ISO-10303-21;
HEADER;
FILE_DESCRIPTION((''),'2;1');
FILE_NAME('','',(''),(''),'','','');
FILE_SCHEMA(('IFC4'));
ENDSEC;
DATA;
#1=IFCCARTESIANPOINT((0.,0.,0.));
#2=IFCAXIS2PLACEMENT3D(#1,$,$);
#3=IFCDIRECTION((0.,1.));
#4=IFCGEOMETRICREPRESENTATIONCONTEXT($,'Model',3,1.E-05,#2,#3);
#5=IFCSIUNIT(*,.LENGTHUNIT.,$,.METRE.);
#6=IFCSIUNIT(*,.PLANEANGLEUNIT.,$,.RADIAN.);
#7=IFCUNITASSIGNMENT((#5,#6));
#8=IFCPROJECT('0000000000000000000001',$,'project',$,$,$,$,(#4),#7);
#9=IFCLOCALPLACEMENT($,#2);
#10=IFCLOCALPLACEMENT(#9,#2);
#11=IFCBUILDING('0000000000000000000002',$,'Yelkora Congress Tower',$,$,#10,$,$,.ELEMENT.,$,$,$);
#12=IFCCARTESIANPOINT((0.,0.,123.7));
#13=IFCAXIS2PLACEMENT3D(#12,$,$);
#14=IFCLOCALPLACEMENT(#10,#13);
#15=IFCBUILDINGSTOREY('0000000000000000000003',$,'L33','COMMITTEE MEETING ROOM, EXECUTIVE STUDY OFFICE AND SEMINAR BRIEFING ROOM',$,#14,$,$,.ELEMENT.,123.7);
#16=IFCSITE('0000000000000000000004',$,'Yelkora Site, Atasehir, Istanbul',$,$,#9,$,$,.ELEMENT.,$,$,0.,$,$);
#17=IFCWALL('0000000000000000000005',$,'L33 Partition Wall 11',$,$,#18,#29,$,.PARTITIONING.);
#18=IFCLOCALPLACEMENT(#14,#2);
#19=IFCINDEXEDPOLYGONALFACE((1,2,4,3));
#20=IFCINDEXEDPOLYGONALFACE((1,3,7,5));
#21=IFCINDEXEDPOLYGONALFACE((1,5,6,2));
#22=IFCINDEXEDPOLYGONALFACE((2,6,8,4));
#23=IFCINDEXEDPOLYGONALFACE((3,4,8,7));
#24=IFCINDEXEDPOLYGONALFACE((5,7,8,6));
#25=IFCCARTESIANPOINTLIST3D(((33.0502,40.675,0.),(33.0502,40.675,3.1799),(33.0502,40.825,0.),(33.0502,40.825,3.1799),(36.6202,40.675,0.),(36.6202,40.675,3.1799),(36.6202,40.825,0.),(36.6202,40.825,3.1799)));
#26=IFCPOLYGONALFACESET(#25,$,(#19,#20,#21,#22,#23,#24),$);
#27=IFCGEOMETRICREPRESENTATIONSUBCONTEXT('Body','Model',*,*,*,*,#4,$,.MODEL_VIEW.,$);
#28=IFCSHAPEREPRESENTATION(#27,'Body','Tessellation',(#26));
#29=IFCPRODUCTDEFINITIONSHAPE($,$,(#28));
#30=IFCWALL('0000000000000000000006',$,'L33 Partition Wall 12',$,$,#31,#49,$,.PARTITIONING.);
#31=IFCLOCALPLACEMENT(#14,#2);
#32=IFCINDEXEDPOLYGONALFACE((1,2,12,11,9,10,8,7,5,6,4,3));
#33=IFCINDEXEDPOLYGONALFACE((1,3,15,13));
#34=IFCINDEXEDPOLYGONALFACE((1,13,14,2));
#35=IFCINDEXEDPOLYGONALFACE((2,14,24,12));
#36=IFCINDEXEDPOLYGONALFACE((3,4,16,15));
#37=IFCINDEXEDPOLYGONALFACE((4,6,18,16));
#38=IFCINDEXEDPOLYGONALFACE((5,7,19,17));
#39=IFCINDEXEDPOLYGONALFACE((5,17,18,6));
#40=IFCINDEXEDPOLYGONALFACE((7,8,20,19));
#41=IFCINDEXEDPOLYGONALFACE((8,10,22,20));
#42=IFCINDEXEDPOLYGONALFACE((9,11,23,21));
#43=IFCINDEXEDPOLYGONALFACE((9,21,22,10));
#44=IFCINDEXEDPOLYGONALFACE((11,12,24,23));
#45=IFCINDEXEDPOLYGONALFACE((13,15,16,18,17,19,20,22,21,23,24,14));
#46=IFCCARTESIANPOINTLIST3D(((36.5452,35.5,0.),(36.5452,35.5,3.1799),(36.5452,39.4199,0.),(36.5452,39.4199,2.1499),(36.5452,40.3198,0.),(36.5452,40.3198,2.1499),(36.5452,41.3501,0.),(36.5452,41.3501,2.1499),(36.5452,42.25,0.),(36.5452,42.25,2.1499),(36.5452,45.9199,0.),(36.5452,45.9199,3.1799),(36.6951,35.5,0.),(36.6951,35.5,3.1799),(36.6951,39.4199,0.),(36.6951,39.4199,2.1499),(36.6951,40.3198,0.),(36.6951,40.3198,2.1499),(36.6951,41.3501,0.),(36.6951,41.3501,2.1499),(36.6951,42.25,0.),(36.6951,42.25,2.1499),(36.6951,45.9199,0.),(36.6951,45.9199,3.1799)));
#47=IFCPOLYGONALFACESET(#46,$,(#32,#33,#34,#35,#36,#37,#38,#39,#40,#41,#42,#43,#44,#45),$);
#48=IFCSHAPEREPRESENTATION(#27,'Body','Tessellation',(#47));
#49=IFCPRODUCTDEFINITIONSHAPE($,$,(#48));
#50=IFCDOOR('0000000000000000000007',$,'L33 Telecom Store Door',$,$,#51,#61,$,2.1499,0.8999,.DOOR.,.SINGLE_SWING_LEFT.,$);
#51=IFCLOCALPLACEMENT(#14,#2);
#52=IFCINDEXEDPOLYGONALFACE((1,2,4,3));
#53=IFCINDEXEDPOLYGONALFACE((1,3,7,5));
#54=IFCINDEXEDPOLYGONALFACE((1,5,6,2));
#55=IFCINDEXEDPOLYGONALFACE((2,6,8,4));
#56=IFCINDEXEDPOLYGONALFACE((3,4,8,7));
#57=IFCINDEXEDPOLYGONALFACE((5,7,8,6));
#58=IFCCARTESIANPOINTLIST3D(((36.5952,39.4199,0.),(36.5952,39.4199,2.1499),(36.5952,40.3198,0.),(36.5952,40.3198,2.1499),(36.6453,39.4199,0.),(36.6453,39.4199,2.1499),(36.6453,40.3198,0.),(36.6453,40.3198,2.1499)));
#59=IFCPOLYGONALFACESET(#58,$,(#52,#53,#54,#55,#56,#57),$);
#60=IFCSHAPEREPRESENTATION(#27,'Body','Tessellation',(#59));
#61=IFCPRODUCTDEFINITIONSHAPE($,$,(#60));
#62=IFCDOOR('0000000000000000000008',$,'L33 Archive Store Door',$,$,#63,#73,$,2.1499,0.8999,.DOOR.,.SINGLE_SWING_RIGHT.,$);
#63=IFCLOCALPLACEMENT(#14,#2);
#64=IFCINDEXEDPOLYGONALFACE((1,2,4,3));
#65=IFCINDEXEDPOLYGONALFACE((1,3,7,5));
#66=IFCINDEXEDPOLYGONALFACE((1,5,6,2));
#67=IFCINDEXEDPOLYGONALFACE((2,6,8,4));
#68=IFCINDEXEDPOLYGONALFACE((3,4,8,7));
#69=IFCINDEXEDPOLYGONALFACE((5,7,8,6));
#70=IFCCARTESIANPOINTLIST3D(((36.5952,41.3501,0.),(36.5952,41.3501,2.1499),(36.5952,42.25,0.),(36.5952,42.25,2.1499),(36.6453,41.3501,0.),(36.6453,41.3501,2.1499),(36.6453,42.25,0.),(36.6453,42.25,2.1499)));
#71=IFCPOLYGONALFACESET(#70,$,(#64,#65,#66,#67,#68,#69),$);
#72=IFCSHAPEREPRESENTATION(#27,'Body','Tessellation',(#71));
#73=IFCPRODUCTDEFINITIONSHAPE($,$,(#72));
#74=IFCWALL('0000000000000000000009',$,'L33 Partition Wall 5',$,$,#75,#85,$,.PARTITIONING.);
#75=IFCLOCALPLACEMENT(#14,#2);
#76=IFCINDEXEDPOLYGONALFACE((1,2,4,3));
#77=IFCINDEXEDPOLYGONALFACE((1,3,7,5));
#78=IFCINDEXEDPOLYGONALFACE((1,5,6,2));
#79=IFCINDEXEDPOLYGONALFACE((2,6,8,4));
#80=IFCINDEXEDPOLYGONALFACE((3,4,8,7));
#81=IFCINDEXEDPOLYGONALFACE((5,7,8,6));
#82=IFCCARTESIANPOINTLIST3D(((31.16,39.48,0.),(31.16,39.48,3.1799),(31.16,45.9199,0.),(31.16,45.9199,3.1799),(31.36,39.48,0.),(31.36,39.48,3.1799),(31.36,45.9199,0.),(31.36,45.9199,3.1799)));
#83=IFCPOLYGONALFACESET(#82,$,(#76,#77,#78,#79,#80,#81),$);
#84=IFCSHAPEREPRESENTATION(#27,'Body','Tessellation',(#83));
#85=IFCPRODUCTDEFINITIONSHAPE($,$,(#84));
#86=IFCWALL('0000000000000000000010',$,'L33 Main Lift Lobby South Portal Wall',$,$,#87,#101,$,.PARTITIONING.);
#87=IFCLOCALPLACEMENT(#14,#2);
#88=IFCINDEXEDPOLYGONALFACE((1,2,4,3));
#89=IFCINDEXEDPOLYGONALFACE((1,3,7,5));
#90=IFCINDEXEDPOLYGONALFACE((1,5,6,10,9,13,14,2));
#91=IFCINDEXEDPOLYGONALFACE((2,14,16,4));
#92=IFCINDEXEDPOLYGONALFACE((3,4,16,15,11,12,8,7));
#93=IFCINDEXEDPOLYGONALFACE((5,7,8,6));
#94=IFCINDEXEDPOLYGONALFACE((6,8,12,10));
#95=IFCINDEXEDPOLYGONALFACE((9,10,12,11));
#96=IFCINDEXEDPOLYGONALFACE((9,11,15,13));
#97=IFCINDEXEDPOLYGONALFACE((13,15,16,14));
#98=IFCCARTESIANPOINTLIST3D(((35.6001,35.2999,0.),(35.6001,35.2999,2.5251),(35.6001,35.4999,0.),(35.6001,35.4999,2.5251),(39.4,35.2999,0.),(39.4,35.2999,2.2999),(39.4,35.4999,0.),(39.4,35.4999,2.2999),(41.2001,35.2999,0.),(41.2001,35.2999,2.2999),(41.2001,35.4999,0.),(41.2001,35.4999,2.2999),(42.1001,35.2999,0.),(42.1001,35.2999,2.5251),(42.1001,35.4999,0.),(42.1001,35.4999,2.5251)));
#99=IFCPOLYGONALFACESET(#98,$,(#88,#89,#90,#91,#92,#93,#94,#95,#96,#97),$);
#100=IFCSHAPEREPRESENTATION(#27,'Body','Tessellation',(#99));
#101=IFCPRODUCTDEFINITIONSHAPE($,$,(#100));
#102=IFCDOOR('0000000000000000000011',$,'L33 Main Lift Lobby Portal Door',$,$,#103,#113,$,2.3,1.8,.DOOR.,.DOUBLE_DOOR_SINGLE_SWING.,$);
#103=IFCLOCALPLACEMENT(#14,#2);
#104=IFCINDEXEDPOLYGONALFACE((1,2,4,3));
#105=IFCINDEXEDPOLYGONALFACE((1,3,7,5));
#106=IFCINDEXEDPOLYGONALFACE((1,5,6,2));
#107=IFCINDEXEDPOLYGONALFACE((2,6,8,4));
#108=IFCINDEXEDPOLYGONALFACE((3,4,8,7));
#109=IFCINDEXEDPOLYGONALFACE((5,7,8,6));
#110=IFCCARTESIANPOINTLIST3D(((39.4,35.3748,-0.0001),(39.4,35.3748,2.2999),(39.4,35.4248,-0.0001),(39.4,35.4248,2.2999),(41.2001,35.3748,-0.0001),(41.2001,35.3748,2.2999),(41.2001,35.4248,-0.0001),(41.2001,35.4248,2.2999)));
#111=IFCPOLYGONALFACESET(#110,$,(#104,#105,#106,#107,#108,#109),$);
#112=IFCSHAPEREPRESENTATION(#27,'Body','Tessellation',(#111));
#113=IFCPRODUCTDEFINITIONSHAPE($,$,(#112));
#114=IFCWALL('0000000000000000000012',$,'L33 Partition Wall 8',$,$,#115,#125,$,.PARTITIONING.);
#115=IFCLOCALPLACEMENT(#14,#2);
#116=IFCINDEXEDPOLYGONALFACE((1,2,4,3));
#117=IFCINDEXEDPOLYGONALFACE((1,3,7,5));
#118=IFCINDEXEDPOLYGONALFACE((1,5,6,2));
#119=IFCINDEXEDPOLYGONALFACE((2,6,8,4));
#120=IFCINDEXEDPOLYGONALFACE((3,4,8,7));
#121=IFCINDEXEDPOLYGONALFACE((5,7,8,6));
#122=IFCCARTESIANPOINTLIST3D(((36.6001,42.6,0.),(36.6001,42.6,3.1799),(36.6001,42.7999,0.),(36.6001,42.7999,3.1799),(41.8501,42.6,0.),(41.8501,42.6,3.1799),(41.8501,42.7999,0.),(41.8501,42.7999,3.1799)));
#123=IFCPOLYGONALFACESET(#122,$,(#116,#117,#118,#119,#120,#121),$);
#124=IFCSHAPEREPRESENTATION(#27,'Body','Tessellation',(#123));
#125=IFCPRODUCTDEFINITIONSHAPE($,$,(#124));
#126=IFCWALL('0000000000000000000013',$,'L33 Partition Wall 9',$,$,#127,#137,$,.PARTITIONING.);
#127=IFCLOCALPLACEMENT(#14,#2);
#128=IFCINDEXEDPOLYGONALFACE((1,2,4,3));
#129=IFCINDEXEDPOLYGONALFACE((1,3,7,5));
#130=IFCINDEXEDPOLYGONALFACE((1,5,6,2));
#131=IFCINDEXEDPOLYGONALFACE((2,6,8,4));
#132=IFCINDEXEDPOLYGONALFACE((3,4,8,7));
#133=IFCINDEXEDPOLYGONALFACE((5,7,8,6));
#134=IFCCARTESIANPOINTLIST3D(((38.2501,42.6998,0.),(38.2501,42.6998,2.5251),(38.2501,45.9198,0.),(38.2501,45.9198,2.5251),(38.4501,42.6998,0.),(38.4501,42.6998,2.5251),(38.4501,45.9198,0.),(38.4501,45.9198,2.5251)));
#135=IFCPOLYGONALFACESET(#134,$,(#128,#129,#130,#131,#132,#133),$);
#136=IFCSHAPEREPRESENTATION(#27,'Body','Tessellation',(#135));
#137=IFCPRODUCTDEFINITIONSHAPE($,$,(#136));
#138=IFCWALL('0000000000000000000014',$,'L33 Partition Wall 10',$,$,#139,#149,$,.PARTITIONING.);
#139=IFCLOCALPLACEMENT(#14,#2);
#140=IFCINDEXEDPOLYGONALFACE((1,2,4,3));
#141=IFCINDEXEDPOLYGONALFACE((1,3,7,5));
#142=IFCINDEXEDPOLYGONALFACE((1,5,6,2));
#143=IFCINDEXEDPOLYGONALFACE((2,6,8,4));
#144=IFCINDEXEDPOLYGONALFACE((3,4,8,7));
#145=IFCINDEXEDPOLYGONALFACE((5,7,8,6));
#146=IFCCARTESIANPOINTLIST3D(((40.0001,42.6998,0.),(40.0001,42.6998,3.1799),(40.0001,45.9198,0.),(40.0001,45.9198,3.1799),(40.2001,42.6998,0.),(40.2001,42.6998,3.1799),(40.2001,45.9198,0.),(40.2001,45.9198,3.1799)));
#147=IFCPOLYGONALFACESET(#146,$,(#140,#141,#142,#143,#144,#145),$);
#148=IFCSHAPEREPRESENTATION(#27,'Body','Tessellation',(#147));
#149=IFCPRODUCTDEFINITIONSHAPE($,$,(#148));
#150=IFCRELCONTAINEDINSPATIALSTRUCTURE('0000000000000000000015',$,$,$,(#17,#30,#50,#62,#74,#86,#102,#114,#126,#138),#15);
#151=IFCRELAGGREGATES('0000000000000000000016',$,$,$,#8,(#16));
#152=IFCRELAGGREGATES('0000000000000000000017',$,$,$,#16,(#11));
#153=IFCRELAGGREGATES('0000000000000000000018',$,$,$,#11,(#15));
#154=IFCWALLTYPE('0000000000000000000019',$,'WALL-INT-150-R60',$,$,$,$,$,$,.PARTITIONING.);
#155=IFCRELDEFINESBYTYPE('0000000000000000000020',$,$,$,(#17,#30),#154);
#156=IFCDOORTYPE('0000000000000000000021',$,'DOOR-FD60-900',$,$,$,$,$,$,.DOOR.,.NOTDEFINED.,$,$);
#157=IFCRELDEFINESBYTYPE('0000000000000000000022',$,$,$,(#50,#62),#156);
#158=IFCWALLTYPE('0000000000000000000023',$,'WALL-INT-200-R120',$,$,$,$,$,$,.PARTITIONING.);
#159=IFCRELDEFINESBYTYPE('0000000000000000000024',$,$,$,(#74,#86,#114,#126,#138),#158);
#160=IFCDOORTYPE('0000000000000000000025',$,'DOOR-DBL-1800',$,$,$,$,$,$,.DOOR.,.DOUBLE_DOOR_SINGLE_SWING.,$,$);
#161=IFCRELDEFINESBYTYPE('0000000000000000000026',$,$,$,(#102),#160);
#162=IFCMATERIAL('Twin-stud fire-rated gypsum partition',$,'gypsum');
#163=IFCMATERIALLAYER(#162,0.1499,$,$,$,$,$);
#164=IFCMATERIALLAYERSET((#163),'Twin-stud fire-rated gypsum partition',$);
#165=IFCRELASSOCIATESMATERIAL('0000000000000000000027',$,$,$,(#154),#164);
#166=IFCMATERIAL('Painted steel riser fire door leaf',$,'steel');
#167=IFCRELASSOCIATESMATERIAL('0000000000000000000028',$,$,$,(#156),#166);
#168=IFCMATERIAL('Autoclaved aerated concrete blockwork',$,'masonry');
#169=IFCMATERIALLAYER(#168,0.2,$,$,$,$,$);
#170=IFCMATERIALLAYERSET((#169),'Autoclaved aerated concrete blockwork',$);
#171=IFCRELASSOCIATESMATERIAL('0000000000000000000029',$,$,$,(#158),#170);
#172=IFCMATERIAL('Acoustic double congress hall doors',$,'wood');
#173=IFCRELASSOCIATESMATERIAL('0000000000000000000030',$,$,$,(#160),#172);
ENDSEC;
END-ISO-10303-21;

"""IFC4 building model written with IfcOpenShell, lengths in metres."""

from ifc_helpers import new_model, si_unit, direction, frame, frame_2d, origin, place, context, subcontext, project, spatial, rectangle, extrude, material, layer, layer_set, type_object, element, fill, save


model = new_model("IFC4")

# Units and contexts
model_context = context("Model", 3, precision=1e-05, world=origin(), true_north=direction((0.0, 1.0)))
body_context = subcontext(model_context, "Body", "Model", "MODEL_VIEW")
ifc_project = project(units=[si_unit("LENGTHUNIT", "METRE"), si_unit("PLANEANGLEUNIT", "RADIAN")], contexts=[model_context])

# Site, building, storey
site_placement = place(None, origin())
site = spatial("IfcSite", under=ifc_project, at=site_placement, Name="Yelkora Site, Atasehir, Istanbul", CompositionType="ELEMENT", RefElevation=0.0)
building_placement = place(site_placement, origin())
building = spatial("IfcBuilding", under=site, at=building_placement, Name="Yelkora Congress Tower", CompositionType="ELEMENT")
storey_placement = place(building_placement, frame((0.0, 0.0, 123.7)))
storey = spatial("IfcBuildingStorey", under=building, at=storey_placement, Name="L33", Description="COMMITTEE MEETING ROOM, EXECUTIVE STUDY OFFICE AND SEMINAR BRIEFING ROOM", CompositionType="ELEMENT", Elevation=123.7)

# Wall
ifc_material_1 = material(Name="Twin-stud fire-rated gypsum partition", Category="gypsum")
ifc_layer_1 = layer(ifc_material_1, 0.1499)
ifc_layer_set_1 = layer_set([ifc_layer_1], Name="Twin-stud fire-rated gypsum partition")
wall_type_1 = type_object("IfcWallType", Name="WALL-INT-150-R60", PredefinedType="PARTITIONING", material=ifc_layer_set_1)
wall_1_placement = place(storey_placement, frame((33.05, 40.75, 0.0), z_axis=(0.0, 0.0, 1.0), x_axis=(1.0, 0.0, 0.0)))
element("IfcWall", 1, at=wall_1_placement, inside=storey, type_object=wall_type_1, Name="L33 Partition Wall 11", PredefinedType="PARTITIONING", context=body_context, shape_type="SweptSolid", body=[
    extrude(rectangle(XDim=3.5701, YDim=0.1499, at=frame_2d((1.7852, 0.0))), origin(), (0.0, 0.0, 1.0), 3.1799),
])

# Wall, openings, doors
wall_2_placement = place(storey_placement, frame((36.6201, 35.5, 0.0), z_axis=(0.0, 0.0, 1.0), x_axis=(0.0, 1.0, 0.0)))
wall_2 = element("IfcWall", 2, at=wall_2_placement, inside=storey, type_object=wall_type_1, Name="L33 Partition Wall 12", PredefinedType="PARTITIONING", context=body_context, shape_type="SweptSolid", body=[
    extrude(rectangle(XDim=10.4199, YDim=0.1499, at=frame_2d((5.21, 0.0))), origin(), (0.0, 0.0, 1.0), 3.1799),
])
opening_1_placement = place(wall_2_placement, frame((3.9199, 0.0, 0.0)))
opening_1 = element("IfcOpeningElement", 3, at=opening_1_placement, cuts=wall_2, PredefinedType="OPENING", context=body_context, shape_type="SweptSolid", body=[
    extrude(rectangle(XDim=0.8999, YDim=2.1499, at=frame_2d((0.45, 1.075))), frame((0.0, 0.085, 0.0), z_axis=(0.0, -1.0, 0.0), x_axis=(1.0, 0.0, 0.0)), (0.0, 0.0, 1.0), 0.1699),
])
opening_2_placement = place(wall_2_placement, frame((5.8501, 0.0, 0.0)))
opening_2 = element("IfcOpeningElement", 4, at=opening_2_placement, cuts=wall_2, PredefinedType="OPENING", context=body_context, shape_type="SweptSolid", body=[
    extrude(rectangle(XDim=0.8999, YDim=2.1499, at=frame_2d((0.45, 1.075))), frame((0.0, 0.085, 0.0), z_axis=(0.0, -1.0, 0.0), x_axis=(1.0, 0.0, 0.0)), (0.0, 0.0, 1.0), 0.1699),
])
ifc_material_2 = material(Name="Painted steel riser fire door leaf", Category="steel")
door_type_1 = type_object("IfcDoorType", Name="DOOR-FD60-900", OperationType="NOTDEFINED", PredefinedType="DOOR", material=ifc_material_2)
door_1_placement = place(opening_1_placement, origin())
door_1 = element("IfcDoor", 5, at=door_1_placement, inside=storey, type_object=door_type_1, Name="L33 Telecom Store Door", OperationType="SINGLE_SWING_LEFT", OverallHeight=2.1499, OverallWidth=0.8999, PredefinedType="DOOR", context=body_context, shape_type="SweptSolid", body=[
    extrude(rectangle(XDim=0.8999, YDim=2.1499, at=frame_2d((0.45, 1.075))), frame((0.0, 0.0249, 0.0), z_axis=(0.0, -1.0, 0.0), x_axis=(1.0, 0.0, 0.0)), (0.0, 0.0, 1.0), 0.05),
])
fill(opening_1, door_1)
door_2_placement = place(opening_2_placement, origin())
door_2 = element("IfcDoor", 6, at=door_2_placement, inside=storey, type_object=door_type_1, Name="L33 Archive Store Door", OperationType="SINGLE_SWING_RIGHT", OverallHeight=2.1499, OverallWidth=0.8999, PredefinedType="DOOR", context=body_context, shape_type="SweptSolid", body=[
    extrude(rectangle(XDim=0.8999, YDim=2.1499, at=frame_2d((0.45, 1.075))), frame((0.0, 0.0249, 0.0), z_axis=(0.0, -1.0, 0.0), x_axis=(1.0, 0.0, 0.0)), (0.0, 0.0, 1.0), 0.05),
])
fill(opening_2, door_2)

# Wall
ifc_material_3 = material(Name="Autoclaved aerated concrete blockwork", Category="masonry")
ifc_layer_2 = layer(ifc_material_3, 0.2)
ifc_layer_set_2 = layer_set([ifc_layer_2], Name="Autoclaved aerated concrete blockwork")
wall_type_2 = type_object("IfcWallType", Name="WALL-INT-200-R120", PredefinedType="PARTITIONING", material=ifc_layer_set_2)
wall_3_placement = place(storey_placement, frame((31.26, 39.48, 0.0), z_axis=(0.0, 0.0, 1.0), x_axis=(0.0, 1.0, 0.0)))
element("IfcWall", 7, at=wall_3_placement, inside=storey, type_object=wall_type_2, Name="L33 Partition Wall 5", PredefinedType="PARTITIONING", context=body_context, shape_type="SweptSolid", body=[
    extrude(rectangle(XDim=6.4399, YDim=0.2, at=frame_2d((3.22, 0.0))), origin(), (0.0, 0.0, 1.0), 3.1799),
])

# Wall, opening, door
wall_4_placement = place(storey_placement, frame((35.6001, 35.3999, 0.0), z_axis=(0.0, 0.0, 1.0), x_axis=(1.0, 0.0, 0.0)))
wall_4 = element("IfcWall", 8, at=wall_4_placement, inside=storey, type_object=wall_type_2, Name="L33 Main Lift Lobby South Portal Wall", PredefinedType="PARTITIONING", context=body_context, shape_type="SweptSolid", body=[
    extrude(rectangle(XDim=6.5, YDim=0.2, at=frame_2d((3.25, 0.0))), origin(), (0.0, 0.0, 1.0), 2.5251),
])
opening_3_placement = place(wall_4_placement, frame((3.8, 0.0, 0.0)))
opening_3 = element("IfcOpeningElement", 9, at=opening_3_placement, cuts=wall_4, PredefinedType="OPENING", context=body_context, shape_type="SweptSolid", body=[
    extrude(rectangle(XDim=1.8, YDim=2.3, at=frame_2d((0.8999, 1.1499))), frame((0.0, 0.1099, 0.0), z_axis=(0.0, -1.0, 0.0), x_axis=(1.0, 0.0, 0.0)), (0.0, 0.0, 1.0), 0.22),
])
ifc_material_4 = material(Name="Acoustic double congress hall doors", Category="wood")
door_type_2 = type_object("IfcDoorType", Name="DOOR-DBL-1800", OperationType="DOUBLE_DOOR_SINGLE_SWING", PredefinedType="DOOR", material=ifc_material_4)
door_3_placement = place(opening_3_placement, origin())
door_3 = element("IfcDoor", 10, at=door_3_placement, inside=storey, type_object=door_type_2, Name="L33 Main Lift Lobby Portal Door", OperationType="DOUBLE_DOOR_SINGLE_SWING", OverallHeight=2.3, OverallWidth=1.8, PredefinedType="DOOR", context=body_context, shape_type="SweptSolid", body=[
    extrude(rectangle(XDim=1.8, YDim=2.3, at=frame_2d((0.8999, 1.1499))), frame((0.0, 0.0249, 0.0), z_axis=(0.0, -1.0, 0.0), x_axis=(1.0, 0.0, 0.0)), (0.0, 0.0, 1.0), 0.05),
])
fill(opening_3, door_3)

# Walls
wall_5_placement = place(storey_placement, frame((36.6001, 42.7, 0.0), z_axis=(0.0, 0.0, 1.0), x_axis=(1.0, 0.0, 0.0)))
element("IfcWall", 11, at=wall_5_placement, inside=storey, type_object=wall_type_2, Name="L33 Partition Wall 8", PredefinedType="PARTITIONING", context=body_context, shape_type="SweptSolid", body=[
    extrude(rectangle(XDim=5.25, YDim=0.2, at=frame_2d((2.625, 0.0))), origin(), (0.0, 0.0, 1.0), 3.1799),
])
wall_6_placement = place(storey_placement, frame((38.3501, 42.7, 0.0), z_axis=(0.0, 0.0, 1.0), x_axis=(0.0, 1.0, 0.0)))
element("IfcWall", 12, at=wall_6_placement, inside=storey, type_object=wall_type_2, Name="L33 Partition Wall 9", PredefinedType="PARTITIONING", context=body_context, shape_type="SweptSolid", body=[
    extrude(rectangle(XDim=3.22, YDim=0.2, at=frame_2d((1.6099, 0.0))), origin(), (0.0, 0.0, 1.0), 2.5251),
])
wall_7_placement = place(storey_placement, frame((40.1001, 42.7, 0.0), z_axis=(0.0, 0.0, 1.0), x_axis=(0.0, 1.0, 0.0)))
element("IfcWall", 13, at=wall_7_placement, inside=storey, type_object=wall_type_2, Name="L33 Partition Wall 10", PredefinedType="PARTITIONING", context=body_context, shape_type="SweptSolid", body=[
    extrude(rectangle(XDim=3.22, YDim=0.2, at=frame_2d((1.6099, 0.0))), origin(), (0.0, 0.0, 1.0), 3.1799),
])

save(model, "model.ifc")
